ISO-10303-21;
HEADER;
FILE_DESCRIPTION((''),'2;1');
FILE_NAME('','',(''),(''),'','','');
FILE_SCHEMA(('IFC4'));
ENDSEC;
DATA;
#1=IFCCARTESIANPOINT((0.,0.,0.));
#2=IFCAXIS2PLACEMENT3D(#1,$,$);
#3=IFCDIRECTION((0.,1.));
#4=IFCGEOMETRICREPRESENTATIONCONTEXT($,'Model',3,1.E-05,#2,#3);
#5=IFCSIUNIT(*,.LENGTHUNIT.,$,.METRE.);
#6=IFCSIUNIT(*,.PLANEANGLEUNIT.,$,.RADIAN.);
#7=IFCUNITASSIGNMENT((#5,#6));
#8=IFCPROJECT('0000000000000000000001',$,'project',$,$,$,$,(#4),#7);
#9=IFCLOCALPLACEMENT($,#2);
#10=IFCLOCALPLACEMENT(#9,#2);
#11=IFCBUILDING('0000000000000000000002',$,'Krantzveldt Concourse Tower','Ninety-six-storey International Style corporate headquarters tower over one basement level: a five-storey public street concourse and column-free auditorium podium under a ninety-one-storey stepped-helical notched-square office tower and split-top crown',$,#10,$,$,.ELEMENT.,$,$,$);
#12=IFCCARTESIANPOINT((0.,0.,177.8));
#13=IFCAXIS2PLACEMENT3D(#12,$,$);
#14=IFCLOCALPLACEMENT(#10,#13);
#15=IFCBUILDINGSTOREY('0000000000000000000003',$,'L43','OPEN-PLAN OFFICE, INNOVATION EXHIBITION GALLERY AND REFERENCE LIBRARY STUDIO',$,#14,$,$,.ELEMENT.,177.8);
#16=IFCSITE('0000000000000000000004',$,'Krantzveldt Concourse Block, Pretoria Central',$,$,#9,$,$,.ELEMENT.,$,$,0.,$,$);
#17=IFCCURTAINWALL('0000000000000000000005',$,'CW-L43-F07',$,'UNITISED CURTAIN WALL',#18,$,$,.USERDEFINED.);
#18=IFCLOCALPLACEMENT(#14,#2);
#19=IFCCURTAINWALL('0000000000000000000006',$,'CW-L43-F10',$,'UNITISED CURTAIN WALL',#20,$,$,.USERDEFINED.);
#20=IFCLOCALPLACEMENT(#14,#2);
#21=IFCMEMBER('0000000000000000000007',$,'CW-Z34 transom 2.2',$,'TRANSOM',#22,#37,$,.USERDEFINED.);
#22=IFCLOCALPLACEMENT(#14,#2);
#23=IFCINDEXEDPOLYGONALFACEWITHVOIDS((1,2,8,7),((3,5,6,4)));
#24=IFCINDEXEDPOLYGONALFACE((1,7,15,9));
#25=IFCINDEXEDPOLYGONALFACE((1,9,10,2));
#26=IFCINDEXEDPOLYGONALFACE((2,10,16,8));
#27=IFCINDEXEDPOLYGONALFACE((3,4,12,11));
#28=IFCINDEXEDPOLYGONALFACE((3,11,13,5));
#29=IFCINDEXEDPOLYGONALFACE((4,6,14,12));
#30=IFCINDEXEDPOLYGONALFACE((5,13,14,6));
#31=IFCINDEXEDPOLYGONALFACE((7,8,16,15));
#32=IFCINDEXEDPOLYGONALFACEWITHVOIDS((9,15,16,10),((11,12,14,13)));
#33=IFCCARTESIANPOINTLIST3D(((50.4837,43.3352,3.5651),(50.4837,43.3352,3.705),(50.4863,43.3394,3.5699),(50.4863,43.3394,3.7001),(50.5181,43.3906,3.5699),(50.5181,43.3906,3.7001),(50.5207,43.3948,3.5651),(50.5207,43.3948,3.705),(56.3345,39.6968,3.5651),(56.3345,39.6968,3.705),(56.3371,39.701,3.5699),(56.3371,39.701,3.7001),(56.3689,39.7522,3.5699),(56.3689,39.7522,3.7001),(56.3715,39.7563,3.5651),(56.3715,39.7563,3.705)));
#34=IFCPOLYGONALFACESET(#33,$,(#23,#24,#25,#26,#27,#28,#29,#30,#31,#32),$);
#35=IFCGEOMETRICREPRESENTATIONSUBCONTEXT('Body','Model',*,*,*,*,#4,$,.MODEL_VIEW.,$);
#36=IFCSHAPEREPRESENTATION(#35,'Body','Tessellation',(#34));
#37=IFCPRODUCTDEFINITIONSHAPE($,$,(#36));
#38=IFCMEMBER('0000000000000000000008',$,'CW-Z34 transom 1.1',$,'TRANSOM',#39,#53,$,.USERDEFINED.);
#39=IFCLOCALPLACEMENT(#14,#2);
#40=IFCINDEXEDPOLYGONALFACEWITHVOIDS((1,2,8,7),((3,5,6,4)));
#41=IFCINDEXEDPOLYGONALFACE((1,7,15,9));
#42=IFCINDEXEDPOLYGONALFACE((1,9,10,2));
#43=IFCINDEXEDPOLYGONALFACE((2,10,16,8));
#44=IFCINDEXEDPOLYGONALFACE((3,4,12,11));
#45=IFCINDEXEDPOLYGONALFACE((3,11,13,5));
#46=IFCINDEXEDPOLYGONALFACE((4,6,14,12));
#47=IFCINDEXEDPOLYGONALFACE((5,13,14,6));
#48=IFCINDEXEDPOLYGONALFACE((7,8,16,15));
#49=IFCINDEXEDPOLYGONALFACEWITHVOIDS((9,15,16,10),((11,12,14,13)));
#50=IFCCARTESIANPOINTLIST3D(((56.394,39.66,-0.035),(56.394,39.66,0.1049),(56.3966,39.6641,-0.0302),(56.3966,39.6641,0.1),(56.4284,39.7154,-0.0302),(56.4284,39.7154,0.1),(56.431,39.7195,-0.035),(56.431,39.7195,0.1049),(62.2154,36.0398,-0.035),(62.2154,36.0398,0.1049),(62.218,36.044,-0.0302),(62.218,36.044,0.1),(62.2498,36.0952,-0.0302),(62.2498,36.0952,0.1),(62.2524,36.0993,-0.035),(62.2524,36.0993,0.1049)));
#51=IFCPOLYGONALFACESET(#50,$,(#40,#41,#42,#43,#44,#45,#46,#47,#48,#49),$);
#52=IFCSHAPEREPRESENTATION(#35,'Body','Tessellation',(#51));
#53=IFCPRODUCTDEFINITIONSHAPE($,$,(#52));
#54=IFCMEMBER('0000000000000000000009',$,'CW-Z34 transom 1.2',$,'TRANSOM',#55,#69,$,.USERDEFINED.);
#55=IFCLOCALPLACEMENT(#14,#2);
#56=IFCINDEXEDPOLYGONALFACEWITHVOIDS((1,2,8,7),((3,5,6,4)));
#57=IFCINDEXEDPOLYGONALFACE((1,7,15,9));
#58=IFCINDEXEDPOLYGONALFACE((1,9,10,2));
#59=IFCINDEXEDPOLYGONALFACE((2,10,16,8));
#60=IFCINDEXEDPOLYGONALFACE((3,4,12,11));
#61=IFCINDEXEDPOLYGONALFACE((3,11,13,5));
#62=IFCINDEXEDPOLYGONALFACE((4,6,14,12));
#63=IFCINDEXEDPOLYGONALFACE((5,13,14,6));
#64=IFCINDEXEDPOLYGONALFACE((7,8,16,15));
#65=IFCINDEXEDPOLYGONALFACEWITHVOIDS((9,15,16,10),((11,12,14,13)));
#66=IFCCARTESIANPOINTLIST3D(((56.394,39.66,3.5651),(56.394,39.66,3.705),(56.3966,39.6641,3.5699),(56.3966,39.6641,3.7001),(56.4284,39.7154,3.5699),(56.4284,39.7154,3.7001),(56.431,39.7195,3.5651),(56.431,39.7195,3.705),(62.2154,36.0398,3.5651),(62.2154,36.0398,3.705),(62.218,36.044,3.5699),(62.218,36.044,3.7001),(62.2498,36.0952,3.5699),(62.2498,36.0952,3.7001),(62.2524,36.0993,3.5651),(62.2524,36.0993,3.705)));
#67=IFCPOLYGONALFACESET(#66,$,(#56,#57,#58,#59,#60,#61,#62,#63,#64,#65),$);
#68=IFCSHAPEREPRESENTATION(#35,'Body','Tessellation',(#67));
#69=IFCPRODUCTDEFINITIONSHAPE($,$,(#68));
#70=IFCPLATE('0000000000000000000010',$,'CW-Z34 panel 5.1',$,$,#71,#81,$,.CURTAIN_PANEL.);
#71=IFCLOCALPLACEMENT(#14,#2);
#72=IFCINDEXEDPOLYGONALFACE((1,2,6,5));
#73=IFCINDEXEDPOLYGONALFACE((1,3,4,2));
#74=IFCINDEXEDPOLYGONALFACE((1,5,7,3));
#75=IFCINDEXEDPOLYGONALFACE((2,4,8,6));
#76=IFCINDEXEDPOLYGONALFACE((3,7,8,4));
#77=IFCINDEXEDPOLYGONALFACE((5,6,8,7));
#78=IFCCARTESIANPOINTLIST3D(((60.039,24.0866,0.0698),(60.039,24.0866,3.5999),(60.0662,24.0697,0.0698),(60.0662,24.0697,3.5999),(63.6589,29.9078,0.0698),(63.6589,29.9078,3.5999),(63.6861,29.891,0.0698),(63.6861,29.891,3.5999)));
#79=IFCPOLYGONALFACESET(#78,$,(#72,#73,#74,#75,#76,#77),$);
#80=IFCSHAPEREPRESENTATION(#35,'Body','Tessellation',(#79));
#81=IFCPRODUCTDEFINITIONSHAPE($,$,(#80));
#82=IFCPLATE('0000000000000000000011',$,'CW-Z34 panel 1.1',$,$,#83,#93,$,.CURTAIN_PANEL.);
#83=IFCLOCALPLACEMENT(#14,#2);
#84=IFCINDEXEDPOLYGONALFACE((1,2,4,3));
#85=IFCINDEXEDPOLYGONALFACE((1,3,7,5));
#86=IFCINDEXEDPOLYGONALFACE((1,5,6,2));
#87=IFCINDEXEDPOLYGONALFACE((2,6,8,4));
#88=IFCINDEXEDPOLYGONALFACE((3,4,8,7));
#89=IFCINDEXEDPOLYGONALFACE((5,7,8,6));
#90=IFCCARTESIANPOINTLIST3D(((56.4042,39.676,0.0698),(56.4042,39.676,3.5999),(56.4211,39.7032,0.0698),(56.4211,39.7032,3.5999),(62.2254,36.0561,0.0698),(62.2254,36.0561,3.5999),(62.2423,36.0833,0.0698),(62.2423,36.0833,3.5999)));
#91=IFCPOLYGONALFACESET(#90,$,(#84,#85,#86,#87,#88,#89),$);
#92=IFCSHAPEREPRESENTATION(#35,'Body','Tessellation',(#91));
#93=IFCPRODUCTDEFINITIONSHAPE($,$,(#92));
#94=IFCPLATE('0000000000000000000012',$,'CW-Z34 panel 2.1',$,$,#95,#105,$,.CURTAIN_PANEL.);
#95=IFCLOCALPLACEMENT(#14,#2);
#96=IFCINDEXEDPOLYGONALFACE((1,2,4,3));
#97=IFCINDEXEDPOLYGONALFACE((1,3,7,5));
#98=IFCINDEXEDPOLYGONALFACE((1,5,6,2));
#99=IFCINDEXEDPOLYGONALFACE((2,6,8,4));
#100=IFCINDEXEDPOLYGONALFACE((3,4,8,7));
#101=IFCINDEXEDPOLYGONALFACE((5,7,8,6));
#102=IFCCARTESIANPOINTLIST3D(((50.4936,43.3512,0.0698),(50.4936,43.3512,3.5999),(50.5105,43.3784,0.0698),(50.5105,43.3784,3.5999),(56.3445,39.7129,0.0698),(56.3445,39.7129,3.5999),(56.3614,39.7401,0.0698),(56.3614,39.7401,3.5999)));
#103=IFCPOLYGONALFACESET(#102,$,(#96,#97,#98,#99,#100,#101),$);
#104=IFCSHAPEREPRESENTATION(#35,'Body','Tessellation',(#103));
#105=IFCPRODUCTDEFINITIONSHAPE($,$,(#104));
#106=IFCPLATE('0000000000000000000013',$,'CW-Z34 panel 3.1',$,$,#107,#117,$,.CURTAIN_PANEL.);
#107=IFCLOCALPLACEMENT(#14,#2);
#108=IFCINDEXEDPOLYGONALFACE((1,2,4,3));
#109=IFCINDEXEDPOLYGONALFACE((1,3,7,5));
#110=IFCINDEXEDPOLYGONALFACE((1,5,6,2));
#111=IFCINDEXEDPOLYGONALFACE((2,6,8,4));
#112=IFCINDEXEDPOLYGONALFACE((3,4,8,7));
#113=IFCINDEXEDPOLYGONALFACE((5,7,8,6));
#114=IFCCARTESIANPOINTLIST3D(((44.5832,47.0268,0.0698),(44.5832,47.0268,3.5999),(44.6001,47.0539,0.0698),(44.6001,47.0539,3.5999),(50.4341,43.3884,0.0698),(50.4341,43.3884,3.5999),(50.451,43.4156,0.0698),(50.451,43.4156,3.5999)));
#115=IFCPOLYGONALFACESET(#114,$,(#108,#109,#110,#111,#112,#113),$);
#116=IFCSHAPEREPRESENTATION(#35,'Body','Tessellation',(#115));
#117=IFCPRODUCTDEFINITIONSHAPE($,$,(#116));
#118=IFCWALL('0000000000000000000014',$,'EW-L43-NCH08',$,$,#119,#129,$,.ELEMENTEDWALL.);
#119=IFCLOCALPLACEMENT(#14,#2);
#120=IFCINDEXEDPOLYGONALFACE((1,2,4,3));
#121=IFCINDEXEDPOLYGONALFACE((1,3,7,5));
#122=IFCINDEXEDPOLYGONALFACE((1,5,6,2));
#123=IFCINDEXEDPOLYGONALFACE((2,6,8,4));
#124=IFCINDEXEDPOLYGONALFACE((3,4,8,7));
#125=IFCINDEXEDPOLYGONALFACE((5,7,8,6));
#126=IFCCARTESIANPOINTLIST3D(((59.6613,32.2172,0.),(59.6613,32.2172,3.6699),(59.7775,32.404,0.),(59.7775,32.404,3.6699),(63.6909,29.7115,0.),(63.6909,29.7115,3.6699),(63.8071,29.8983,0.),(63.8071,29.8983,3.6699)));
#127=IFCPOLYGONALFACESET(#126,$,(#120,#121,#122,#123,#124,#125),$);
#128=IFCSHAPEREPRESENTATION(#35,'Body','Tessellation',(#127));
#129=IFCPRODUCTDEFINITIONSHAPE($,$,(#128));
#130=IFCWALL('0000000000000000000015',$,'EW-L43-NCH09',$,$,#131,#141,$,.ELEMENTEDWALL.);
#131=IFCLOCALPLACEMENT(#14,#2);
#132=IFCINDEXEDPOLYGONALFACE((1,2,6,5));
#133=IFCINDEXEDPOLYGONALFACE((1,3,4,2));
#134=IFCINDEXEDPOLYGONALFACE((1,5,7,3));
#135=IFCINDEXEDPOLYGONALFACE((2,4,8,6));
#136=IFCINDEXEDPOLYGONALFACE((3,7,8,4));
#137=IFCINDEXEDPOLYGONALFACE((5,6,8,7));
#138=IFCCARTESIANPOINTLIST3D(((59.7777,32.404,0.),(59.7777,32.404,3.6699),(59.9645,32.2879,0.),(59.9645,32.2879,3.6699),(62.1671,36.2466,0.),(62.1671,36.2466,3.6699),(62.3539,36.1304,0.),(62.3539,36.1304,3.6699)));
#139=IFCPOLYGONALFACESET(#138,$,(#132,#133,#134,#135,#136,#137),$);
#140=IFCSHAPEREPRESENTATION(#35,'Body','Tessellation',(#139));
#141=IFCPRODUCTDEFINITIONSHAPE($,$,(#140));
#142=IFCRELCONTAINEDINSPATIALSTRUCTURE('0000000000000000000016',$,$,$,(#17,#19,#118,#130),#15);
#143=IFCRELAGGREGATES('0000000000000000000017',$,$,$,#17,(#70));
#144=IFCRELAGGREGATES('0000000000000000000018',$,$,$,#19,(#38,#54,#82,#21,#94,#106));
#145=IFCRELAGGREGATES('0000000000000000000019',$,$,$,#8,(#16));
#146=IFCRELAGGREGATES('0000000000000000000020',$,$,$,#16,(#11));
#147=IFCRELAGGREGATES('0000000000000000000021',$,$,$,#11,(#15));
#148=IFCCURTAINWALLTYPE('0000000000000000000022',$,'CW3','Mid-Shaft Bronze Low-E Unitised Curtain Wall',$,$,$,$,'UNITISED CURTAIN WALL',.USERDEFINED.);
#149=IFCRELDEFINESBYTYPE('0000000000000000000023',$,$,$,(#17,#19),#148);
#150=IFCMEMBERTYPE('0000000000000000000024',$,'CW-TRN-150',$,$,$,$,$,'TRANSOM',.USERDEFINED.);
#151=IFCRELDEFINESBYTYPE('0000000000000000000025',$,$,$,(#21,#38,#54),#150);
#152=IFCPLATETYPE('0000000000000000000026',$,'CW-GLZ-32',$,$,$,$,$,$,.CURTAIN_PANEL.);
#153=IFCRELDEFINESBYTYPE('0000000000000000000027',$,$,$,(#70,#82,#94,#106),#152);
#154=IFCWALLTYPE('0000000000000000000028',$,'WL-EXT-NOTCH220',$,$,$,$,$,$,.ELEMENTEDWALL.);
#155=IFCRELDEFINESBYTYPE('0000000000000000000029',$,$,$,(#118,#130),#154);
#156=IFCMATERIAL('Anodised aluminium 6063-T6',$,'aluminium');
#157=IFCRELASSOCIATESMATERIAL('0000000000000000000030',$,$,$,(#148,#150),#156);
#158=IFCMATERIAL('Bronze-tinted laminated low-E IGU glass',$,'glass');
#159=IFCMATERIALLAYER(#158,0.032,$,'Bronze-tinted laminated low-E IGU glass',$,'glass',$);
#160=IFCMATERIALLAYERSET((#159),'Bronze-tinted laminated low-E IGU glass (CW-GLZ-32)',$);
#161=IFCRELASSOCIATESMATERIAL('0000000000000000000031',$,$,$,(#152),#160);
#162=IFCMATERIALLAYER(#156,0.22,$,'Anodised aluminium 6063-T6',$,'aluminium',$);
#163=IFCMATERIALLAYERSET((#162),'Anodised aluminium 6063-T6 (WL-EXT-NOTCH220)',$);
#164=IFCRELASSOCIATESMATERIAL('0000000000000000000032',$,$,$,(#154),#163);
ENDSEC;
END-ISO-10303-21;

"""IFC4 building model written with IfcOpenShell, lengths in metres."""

from ifc_helpers import new_model, si_unit, direction, frame, frame_2d, origin, origin_2d, place, context, subcontext, project, spatial, rectangle, hollow_rectangle, extrude, source, transform, mapped, material, layer, layer_set, material_profile, profile_set, type_object, type_shapes, element, aggregate, save


model = new_model("IFC4")

# Units and contexts
model_context = context("Model", 3, precision=1e-05, world=origin(), true_north=direction((0.0, 1.0)))
body_context = subcontext(model_context, "Body", "Model", "MODEL_VIEW")
ifc_project = project(units=[si_unit("LENGTHUNIT", "METRE"), si_unit("PLANEANGLEUNIT", "RADIAN")], contexts=[model_context])

# Site, building, storey
site_placement = place(None, origin())
site = spatial("IfcSite", under=ifc_project, at=site_placement, Name="Krantzveldt Concourse Block, Pretoria Central", CompositionType="ELEMENT", RefElevation=0.0)
building_placement = place(site_placement, origin())
building = spatial("IfcBuilding", under=site, at=building_placement, Name="Krantzveldt Concourse Tower", Description="Ninety-six-storey International Style corporate headquarters tower over one basement level: a five-storey public street concourse and column-free auditorium podium under a ninety-one-storey stepped-helical notched-square office tower and split-top crown", CompositionType="ELEMENT")
storey_placement = place(building_placement, frame((0.0, 0.0, 177.8)))
storey = spatial("IfcBuildingStorey", under=building, at=storey_placement, Name="L43", Description="OPEN-PLAN OFFICE, INNOVATION EXHIBITION GALLERY AND REFERENCE LIBRARY STUDIO", CompositionType="ELEMENT", Elevation=177.8)

# Curtain wall
ifc_material_1 = material(Name="Anodised aluminium 6063-T6", Category="aluminium")
curtain_wall_type = type_object("IfcCurtainWallType", Name="CW3", Description="Mid-Shaft Bronze Low-E Unitised Curtain Wall", ElementType="UNITISED CURTAIN WALL", PredefinedType="USERDEFINED", material=ifc_material_1)
curtain_wall_1_placement = place(storey_placement, origin())
curtain_wall_1 = element("IfcCurtainWall", 1, at=curtain_wall_1_placement, inside=storey, type_object=curtain_wall_type, Name="CW-L43-F07", ObjectType="UNITISED CURTAIN WALL", PredefinedType="USERDEFINED")

# Curtain wall, members
curtain_wall_2_placement = place(storey_placement, origin())
curtain_wall_2 = element("IfcCurtainWall", 2, at=curtain_wall_2_placement, inside=storey, type_object=curtain_wall_type, Name="CW-L43-F10", ObjectType="UNITISED CURTAIN WALL", PredefinedType="USERDEFINED")
ifc_material_profile_1 = material_profile(ifc_material_1, hollow_rectangle(XDim=0.0701, YDim=0.1399, WallThickness=0.0049, at=origin_2d()), Name="Anodised aluminium 6063-T6", Category="aluminium")
ifc_profile_set_1 = profile_set([ifc_material_profile_1], Name="Anodised aluminium 6063-T6 - ALU-TRAN 140x70x5")
member_type_1 = type_object("IfcMemberType", Name="CW-TRN-150", ElementType="TRANSOM", PredefinedType="USERDEFINED", material=ifc_profile_set_1)
shared_shape_1 = source(origin(), body_context, "Body", "SweptSolid", [
    extrude(hollow_rectangle(XDim=0.0701, YDim=0.1399, WallThickness=0.0049, at=origin_2d()), origin(), (0.0, 0.0, 1.0), 6.8899),
])
member_1_placement = place(storey_placement, frame((56.353, 39.7266, 3.635), z_axis=(-0.849193, 0.528083, 0.0), x_axis=(-0.528083, -0.849193, 0.0)))
member_1 = element("IfcMember", 3, at=member_1_placement, type_object=member_type_1, Name="CW-Z34 transom 2.2", ObjectType="TRANSOM", PredefinedType="USERDEFINED", context=body_context, shape_type="MappedRepresentation", body=[
    mapped(shared_shape_1, transform((0.0, 0.0, 0.0), x_axis=(1.0, 0.0, 0.0), y_axis=(0.0, 1.0, 0.0), z_axis=(0.0, 0.0, 1.0), scale=1.0)),
])
shared_shape_2 = source(origin(), body_context, "Body", "SweptSolid", [
    extrude(hollow_rectangle(XDim=0.0701, YDim=0.1399, WallThickness=0.0049, at=origin_2d()), origin(), (0.0, 0.0, 1.0), 6.8552),
])
member_2_placement = place(storey_placement, frame((62.2339, 36.0696, 0.0349), z_axis=(-0.849189, 0.52809, 0.0), x_axis=(-0.52809, -0.849189, 0.0)))
member_2 = element("IfcMember", 4, at=member_2_placement, type_object=member_type_1, Name="CW-Z34 transom 1.1", ObjectType="TRANSOM", PredefinedType="USERDEFINED", context=body_context, shape_type="MappedRepresentation", body=[
    mapped(shared_shape_2, transform((0.0, 0.0, 0.0), x_axis=(1.0, 0.0, 0.0), y_axis=(0.0, 1.0, 0.0), z_axis=(0.0, 0.0, 1.0), scale=1.0)),
])
member_3_placement = place(storey_placement, frame((62.2339, 36.0696, 3.635), z_axis=(-0.849189, 0.52809, 0.0), x_axis=(-0.52809, -0.849189, 0.0)))
member_3 = element("IfcMember", 5, at=member_3_placement, type_object=member_type_1, Name="CW-Z34 transom 1.2", ObjectType="TRANSOM", PredefinedType="USERDEFINED", context=body_context, shape_type="MappedRepresentation", body=[
    mapped(shared_shape_2, transform((0.0, 0.0, 0.0), x_axis=(1.0, 0.0, 0.0), y_axis=(0.0, 1.0, 0.0), z_axis=(0.0, 0.0, 1.0), scale=1.0)),
])

# Plates
ifc_material_2 = material(Name="Bronze-tinted laminated low-E IGU glass", Category="glass")
ifc_layer_1 = layer(ifc_material_2, 0.032, Name="Bronze-tinted laminated low-E IGU glass", Category="glass")
ifc_layer_set_1 = layer_set([ifc_layer_1], Name="Bronze-tinted laminated low-E IGU glass (CW-GLZ-32)")
plate_type = type_object("IfcPlateType", Name="CW-GLZ-32", PredefinedType="CURTAIN_PANEL", material=ifc_layer_set_1)
shared_shape_3 = source(origin(), body_context, "Body", "SweptSolid", [
    extrude(rectangle(XDim=6.855, YDim=0.032, at=origin_2d()), origin(), (0.0, 0.0, 1.0), 3.53),
])
plate_1_placement = place(storey_placement, frame((61.8625, 26.9888, 0.0698), z_axis=(0.0, 0.0, 1.0), x_axis=(0.528068, 0.849202, 0.0)))
plate_1 = element("IfcPlate", 6, at=plate_1_placement, type_object=plate_type, Name="CW-Z34 panel 5.1", PredefinedType="CURTAIN_PANEL", context=body_context, shape_type="MappedRepresentation", body=[
    mapped(shared_shape_3, transform((0.0, 0.0, 0.0), x_axis=(1.0, 0.0, 0.0), y_axis=(0.0, 1.0, 0.0), z_axis=(0.0, 0.0, 1.0), scale=1.0)),
])
aggregate(curtain_wall_1, [plate_1])
plate_2_placement = place(storey_placement, frame((59.3232, 37.8796, 0.0698), z_axis=(0.0, 0.0, 1.0), x_axis=(-0.849202, 0.528068, 0.0)))
plate_2 = element("IfcPlate", 7, at=plate_2_placement, type_object=plate_type, Name="CW-Z34 panel 1.1", PredefinedType="CURTAIN_PANEL", context=body_context, shape_type="MappedRepresentation", body=[
    mapped(shared_shape_3, transform((0.0, 0.0, 0.0), x_axis=(1.0, 0.0, 0.0), y_axis=(0.0, 1.0, 0.0), z_axis=(0.0, 0.0, 1.0), scale=1.0)),
])
shared_shape_4 = source(origin(), body_context, "Body", "SweptSolid", [
    extrude(rectangle(XDim=6.8899, YDim=0.032, at=origin_2d()), origin(), (0.0, 0.0, 1.0), 3.53),
])
type_shapes(plate_type, [shared_shape_3, shared_shape_4])
plate_3_placement = place(storey_placement, frame((53.4275, 41.5457, 0.0698), z_axis=(0.0, 0.0, 1.0), x_axis=(-0.849202, 0.528068, 0.0)))
plate_3 = element("IfcPlate", 8, at=plate_3_placement, type_object=plate_type, Name="CW-Z34 panel 2.1", PredefinedType="CURTAIN_PANEL", context=body_context, shape_type="MappedRepresentation", body=[
    mapped(shared_shape_4, transform((0.0, 0.0, 0.0), x_axis=(1.0, 0.0, 0.0), y_axis=(0.0, 1.0, 0.0), z_axis=(0.0, 0.0, 1.0), scale=1.0)),
])
plate_4_placement = place(storey_placement, frame((47.5171, 45.2212, 0.0698), z_axis=(0.0, 0.0, 1.0), x_axis=(-0.849202, 0.528068, 0.0)))
plate_4 = element("IfcPlate", 9, at=plate_4_placement, type_object=plate_type, Name="CW-Z34 panel 3.1", PredefinedType="CURTAIN_PANEL", context=body_context, shape_type="MappedRepresentation", body=[
    mapped(shared_shape_4, transform((0.0, 0.0, 0.0), x_axis=(1.0, 0.0, 0.0), y_axis=(0.0, 1.0, 0.0), z_axis=(0.0, 0.0, 1.0), scale=1.0)),
])
aggregate(curtain_wall_2, [member_2, member_3, plate_2, member_1, plate_3, plate_4])

# Walls
ifc_layer_2 = layer(ifc_material_1, 0.22, Name="Anodised aluminium 6063-T6", Category="aluminium")
ifc_layer_set_2 = layer_set([ifc_layer_2], Name="Anodised aluminium 6063-T6 (WL-EXT-NOTCH220)")
wall_type = type_object("IfcWallType", Name="WL-EXT-NOTCH220", PredefinedType="ELEMENTEDWALL", material=ifc_layer_set_2)
wall_1_placement = place(storey_placement, frame((63.749, 29.8049, 0.0), z_axis=(0.0, 0.0, 1.0), x_axis=(-0.849213, 0.52805, 0.0)))
element("IfcWall", 10, at=wall_1_placement, inside=storey, type_object=wall_type, Name="EW-L43-NCH08", PredefinedType="ELEMENTEDWALL", context=body_context, shape_type="SweptSolid", body=[
    extrude(rectangle(XDim=4.7451, YDim=0.22, at=frame_2d((2.3726, 0.0))), origin(), (0.0, 0.0, 1.0), 3.6699),
])
wall_2_placement = place(storey_placement, frame((59.8711, 32.3459, 0.0), z_axis=(0.0, 0.0, 1.0), x_axis=(0.528062, 0.849206, 0.0)))
element("IfcWall", 11, at=wall_2_placement, inside=storey, type_object=wall_type, Name="EW-L43-NCH09", PredefinedType="ELEMENTEDWALL", context=body_context, shape_type="SweptSolid", body=[
    extrude(rectangle(XDim=4.5249, YDim=0.22, at=frame_2d((2.2625, 0.0))), origin(), (0.0, 0.0, 1.0), 3.6699),
])

save(model, "model.ifc")
